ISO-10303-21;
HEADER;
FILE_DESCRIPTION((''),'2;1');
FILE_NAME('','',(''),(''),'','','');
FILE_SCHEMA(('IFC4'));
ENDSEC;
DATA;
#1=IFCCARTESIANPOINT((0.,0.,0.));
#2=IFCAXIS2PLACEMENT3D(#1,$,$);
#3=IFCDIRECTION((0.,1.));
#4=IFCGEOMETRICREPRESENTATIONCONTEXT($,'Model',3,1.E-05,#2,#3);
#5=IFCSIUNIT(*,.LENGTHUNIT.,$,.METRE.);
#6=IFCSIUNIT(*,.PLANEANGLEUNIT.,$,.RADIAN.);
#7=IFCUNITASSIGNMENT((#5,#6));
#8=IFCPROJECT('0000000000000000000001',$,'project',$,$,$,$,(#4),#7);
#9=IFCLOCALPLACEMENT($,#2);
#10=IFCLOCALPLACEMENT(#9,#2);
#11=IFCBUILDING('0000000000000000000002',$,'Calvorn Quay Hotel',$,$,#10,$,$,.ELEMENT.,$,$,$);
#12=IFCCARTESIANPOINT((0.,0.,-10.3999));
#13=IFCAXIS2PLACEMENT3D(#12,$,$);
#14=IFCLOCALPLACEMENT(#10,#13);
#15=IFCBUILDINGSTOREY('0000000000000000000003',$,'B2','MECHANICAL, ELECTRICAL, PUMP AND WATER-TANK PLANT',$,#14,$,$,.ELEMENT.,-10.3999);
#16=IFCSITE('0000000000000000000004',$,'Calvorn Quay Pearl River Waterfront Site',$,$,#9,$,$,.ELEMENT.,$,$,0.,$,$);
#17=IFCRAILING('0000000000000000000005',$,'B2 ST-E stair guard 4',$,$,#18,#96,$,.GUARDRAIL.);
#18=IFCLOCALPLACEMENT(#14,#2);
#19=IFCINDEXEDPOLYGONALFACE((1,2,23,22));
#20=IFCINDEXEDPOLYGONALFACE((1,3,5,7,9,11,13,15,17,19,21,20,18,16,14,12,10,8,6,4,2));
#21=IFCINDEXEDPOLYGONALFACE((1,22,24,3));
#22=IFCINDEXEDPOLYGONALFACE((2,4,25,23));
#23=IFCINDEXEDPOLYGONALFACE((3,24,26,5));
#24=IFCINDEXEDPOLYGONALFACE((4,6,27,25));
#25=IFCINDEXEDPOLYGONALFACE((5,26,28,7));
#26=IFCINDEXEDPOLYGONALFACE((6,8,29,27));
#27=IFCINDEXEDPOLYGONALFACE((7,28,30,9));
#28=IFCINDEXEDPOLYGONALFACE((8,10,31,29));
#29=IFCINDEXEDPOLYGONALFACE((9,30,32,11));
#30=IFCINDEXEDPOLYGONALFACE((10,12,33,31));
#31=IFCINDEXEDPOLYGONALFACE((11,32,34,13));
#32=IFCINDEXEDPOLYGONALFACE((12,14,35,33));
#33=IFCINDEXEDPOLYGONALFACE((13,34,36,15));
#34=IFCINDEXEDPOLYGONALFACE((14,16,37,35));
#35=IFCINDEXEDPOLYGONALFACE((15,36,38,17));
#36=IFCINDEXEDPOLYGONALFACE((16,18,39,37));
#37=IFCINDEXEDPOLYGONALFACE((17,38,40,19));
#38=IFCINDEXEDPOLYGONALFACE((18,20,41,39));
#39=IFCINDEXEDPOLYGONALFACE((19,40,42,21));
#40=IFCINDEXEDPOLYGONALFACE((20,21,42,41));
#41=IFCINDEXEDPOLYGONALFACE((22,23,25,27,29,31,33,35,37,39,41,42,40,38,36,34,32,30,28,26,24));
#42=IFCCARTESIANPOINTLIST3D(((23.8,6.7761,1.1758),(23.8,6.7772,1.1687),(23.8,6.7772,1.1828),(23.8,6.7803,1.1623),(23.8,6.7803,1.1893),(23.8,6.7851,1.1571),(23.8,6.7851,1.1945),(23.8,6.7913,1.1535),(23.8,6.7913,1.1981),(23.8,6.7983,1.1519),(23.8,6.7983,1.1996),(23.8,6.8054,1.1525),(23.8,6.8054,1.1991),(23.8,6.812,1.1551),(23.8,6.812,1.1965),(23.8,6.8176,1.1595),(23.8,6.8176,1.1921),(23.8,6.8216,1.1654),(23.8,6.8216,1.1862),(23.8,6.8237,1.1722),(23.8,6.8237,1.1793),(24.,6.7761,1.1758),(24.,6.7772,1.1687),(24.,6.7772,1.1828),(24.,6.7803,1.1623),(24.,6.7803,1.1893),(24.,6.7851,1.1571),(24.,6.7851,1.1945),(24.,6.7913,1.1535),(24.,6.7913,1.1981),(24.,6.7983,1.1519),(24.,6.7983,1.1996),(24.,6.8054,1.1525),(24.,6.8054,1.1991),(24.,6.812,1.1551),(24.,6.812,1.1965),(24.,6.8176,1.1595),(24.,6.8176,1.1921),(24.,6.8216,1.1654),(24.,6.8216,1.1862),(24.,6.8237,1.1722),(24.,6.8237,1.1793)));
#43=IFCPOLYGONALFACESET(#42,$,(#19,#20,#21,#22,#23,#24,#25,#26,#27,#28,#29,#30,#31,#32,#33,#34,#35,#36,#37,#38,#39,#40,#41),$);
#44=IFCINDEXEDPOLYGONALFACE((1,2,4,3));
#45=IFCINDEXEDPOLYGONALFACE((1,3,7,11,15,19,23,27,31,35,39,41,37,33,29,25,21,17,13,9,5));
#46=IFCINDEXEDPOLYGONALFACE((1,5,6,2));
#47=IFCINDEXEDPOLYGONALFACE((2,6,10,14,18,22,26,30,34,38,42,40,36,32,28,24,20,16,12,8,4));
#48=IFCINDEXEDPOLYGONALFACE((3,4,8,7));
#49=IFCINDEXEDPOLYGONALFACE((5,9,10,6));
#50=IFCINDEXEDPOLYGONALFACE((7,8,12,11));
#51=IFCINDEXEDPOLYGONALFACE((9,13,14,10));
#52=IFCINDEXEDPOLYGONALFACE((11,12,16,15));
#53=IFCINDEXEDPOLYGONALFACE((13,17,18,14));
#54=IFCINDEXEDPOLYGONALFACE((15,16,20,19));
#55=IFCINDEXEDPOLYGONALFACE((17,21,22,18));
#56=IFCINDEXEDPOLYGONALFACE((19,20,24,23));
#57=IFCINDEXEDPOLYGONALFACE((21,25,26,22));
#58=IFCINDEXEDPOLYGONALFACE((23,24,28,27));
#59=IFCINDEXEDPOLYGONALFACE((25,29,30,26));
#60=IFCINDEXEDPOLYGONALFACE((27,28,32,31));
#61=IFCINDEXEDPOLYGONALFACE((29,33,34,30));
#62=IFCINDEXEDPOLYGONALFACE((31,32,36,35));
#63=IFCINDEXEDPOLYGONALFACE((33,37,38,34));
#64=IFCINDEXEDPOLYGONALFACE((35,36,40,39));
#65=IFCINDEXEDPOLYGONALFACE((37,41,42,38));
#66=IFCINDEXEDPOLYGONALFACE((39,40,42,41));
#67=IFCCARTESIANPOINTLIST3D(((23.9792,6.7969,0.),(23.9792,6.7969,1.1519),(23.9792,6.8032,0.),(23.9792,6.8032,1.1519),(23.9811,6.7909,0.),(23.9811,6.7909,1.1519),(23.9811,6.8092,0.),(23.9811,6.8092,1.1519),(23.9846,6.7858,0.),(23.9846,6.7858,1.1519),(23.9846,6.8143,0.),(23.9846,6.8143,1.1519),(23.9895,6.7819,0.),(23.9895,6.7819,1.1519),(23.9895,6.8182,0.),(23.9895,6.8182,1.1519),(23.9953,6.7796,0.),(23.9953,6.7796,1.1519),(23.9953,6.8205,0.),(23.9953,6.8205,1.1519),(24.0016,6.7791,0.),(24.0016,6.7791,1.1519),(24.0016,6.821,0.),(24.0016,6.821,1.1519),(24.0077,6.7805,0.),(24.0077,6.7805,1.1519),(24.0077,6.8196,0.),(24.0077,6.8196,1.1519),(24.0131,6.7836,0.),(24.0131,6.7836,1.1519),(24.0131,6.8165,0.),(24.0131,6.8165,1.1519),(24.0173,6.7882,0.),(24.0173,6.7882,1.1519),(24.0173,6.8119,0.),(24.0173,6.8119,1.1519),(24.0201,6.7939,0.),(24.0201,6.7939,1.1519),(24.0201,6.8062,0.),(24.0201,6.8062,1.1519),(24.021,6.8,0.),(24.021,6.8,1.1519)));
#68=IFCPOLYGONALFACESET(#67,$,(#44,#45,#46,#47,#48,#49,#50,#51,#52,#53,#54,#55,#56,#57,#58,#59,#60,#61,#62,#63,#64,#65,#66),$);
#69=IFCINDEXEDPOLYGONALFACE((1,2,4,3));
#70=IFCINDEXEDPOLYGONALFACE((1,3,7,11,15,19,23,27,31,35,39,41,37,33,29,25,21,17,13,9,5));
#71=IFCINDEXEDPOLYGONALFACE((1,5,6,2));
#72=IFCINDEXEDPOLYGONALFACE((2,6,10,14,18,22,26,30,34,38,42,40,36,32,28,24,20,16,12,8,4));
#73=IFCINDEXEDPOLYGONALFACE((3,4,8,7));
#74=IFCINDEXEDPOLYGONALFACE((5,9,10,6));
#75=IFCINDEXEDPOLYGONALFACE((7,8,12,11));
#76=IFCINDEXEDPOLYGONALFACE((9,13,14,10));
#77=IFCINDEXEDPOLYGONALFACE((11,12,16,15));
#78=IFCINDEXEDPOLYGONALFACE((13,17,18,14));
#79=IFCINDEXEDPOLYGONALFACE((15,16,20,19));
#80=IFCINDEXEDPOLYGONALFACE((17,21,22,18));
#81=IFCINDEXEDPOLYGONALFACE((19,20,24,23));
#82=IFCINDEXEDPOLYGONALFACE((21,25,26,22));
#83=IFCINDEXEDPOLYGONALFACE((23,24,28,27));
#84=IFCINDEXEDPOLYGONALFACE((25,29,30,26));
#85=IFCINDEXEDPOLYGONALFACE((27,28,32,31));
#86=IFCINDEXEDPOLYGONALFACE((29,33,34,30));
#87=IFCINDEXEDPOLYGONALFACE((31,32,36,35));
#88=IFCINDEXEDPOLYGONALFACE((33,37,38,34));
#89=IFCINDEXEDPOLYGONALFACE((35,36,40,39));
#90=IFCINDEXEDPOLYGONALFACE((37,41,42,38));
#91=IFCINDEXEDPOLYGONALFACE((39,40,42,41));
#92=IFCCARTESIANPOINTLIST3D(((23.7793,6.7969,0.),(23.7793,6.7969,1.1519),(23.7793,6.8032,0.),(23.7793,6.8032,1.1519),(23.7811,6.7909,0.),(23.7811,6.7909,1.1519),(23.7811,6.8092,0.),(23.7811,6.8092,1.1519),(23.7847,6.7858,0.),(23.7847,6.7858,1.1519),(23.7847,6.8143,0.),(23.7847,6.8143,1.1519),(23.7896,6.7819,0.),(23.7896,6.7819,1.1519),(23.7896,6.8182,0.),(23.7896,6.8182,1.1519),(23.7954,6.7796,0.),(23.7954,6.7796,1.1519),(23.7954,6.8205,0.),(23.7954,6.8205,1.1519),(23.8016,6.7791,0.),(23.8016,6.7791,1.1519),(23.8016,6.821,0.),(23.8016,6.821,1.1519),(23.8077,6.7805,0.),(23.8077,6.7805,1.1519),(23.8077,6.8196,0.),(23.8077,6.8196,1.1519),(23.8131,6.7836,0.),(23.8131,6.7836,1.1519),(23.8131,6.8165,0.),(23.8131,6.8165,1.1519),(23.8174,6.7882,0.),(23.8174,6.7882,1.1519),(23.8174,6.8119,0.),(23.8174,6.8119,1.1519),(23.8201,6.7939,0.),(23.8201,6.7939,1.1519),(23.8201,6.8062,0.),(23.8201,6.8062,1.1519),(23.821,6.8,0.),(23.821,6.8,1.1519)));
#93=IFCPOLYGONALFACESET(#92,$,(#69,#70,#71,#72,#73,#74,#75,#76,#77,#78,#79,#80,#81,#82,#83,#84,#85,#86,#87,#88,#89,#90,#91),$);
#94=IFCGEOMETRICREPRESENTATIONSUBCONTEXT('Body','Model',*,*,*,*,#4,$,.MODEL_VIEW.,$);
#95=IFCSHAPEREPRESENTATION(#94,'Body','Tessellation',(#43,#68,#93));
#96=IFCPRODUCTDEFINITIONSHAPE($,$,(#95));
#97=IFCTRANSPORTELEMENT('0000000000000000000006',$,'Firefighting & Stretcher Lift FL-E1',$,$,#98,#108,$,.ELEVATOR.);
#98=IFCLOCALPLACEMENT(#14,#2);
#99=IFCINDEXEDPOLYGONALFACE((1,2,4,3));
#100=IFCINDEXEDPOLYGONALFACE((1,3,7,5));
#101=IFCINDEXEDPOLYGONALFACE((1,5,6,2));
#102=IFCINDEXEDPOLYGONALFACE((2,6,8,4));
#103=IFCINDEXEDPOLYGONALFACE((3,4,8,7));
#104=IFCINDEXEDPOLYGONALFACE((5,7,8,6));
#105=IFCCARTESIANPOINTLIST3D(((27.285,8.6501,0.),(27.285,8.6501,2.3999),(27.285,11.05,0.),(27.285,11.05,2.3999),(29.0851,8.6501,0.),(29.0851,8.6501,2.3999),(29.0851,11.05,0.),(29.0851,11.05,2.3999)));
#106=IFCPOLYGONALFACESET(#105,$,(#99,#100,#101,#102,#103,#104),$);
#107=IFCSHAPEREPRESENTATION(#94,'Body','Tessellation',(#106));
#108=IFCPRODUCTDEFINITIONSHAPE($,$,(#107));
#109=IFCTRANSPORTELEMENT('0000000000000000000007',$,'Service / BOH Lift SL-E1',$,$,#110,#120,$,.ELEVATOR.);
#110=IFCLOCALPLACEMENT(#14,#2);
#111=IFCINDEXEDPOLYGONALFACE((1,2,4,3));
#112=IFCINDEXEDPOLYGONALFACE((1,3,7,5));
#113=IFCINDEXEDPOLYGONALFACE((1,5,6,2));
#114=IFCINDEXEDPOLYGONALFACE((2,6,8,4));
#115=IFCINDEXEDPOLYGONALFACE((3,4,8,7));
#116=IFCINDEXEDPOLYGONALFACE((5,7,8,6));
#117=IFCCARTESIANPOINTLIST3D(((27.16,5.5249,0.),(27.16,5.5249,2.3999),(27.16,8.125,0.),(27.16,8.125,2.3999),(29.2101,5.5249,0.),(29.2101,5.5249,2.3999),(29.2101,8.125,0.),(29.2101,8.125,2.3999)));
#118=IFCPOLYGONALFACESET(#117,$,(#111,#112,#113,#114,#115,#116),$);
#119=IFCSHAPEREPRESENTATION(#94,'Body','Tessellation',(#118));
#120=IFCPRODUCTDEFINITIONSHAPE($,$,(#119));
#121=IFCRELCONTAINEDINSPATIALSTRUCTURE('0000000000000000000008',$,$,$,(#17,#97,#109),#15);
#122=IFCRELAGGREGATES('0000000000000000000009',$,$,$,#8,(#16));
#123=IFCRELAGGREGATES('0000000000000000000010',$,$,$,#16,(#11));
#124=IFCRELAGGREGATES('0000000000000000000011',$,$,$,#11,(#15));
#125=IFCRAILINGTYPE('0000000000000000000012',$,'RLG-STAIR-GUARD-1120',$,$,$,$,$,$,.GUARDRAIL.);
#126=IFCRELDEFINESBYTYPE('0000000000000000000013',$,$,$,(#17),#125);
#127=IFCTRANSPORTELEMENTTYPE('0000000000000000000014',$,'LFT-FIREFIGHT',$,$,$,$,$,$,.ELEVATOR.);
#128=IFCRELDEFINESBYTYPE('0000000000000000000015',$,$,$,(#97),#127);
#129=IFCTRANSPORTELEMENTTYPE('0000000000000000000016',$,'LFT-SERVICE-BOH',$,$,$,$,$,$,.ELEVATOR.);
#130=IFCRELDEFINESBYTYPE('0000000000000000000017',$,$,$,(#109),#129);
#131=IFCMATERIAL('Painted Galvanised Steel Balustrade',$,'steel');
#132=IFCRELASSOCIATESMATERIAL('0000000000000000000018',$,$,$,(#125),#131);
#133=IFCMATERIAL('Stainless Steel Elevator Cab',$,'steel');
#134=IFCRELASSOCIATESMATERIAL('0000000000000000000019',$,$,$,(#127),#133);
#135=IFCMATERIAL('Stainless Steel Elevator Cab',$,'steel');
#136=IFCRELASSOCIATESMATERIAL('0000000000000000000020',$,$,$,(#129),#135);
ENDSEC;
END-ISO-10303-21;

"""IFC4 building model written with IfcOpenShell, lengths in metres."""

from ifc_helpers import new_model, si_unit, direction, frame, origin, origin_2d, place, context, subcontext, project, spatial, rectangle, circle, extrude, material, type_object, element, save


model = new_model("IFC4")

# Units and contexts
model_context = context("Model", 3, precision=1e-05, world=origin(), true_north=direction((0.0, 1.0)))
body_context = subcontext(model_context, "Body", "Model", "MODEL_VIEW")
ifc_project = project(units=[si_unit("LENGTHUNIT", "METRE"), si_unit("PLANEANGLEUNIT", "RADIAN")], contexts=[model_context])

# Site, building, storey
site_placement = place(None, origin())
site = spatial("IfcSite", under=ifc_project, at=site_placement, Name="Calvorn Quay Pearl River Waterfront Site", CompositionType="ELEMENT", RefElevation=0.0)
building_placement = place(site_placement, origin())
building = spatial("IfcBuilding", under=site, at=building_placement, Name="Calvorn Quay Hotel", CompositionType="ELEMENT")
storey_placement = place(building_placement, frame((0.0, 0.0, -10.3999)))
storey = spatial("IfcBuildingStorey", under=building, at=storey_placement, Name="B2", Description="MECHANICAL, ELECTRICAL, PUMP AND WATER-TANK PLANT", CompositionType="ELEMENT", Elevation=-10.3999)

# Railing
ifc_material_1 = material(Name="Painted Galvanised Steel Balustrade", Category="steel")
railing_type_1 = type_object("IfcRailingType", Name="RLG-STAIR-GUARD-1120", PredefinedType="GUARDRAIL", material=ifc_material_1)
railing_1_placement = place(storey_placement, frame((24.0, 6.8, 0.0)))
element("IfcRailing", 1, at=railing_1_placement, inside=storey, type_object=railing_type_1, Name="B2 ST-E stair guard 4", PredefinedType="GUARDRAIL", context=body_context, shape_type="SweptSolid", body=[
    extrude(circle(Radius=0.0239, at=origin_2d()), frame((0.0, 0.0, 1.1758), z_axis=(-1.0, 0.0, 0.0), x_axis=(0.0, -1.0, 0.0)), (0.0, 0.0, 1.0), 0.2),
    extrude(circle(Radius=0.021, at=origin_2d()), origin(), (0.0, 0.0, 1.0), 1.1519),
    extrude(circle(Radius=0.021, at=origin_2d()), frame((-0.2, 0.0, 0.0)), (0.0, 0.0, 1.0), 1.1519),
])

# Transport elements
ifc_material_2 = material(Name="Stainless Steel Elevator Cab", Category="steel")
transport_element_type_1 = type_object("IfcTransportElementType", Name="LFT-FIREFIGHT", PredefinedType="ELEVATOR", material=ifc_material_2)
transport_element_1_placement = place(storey_placement, frame((28.1851, 9.8501, 0.0), z_axis=(0.0, 0.0, 1.0), x_axis=(1.0, 0.0, 0.0)))
element("IfcTransportElement", 2, at=transport_element_1_placement, inside=storey, type_object=transport_element_type_1, Name="Firefighting & Stretcher Lift FL-E1", PredefinedType="ELEVATOR", context=body_context, shape_type="SweptSolid", body=[
    extrude(rectangle(XDim=1.8, YDim=2.3999, at=origin_2d()), origin(), (0.0, 0.0, 1.0), 2.3999),
])
ifc_material_3 = material(Name="Stainless Steel Elevator Cab", Category="steel")
transport_element_type_2 = type_object("IfcTransportElementType", Name="LFT-SERVICE-BOH", PredefinedType="ELEVATOR", material=ifc_material_3)
transport_element_2_placement = place(storey_placement, frame((28.1851, 6.825, 0.0), z_axis=(0.0, 0.0, 1.0), x_axis=(1.0, 0.0, 0.0)))
element("IfcTransportElement", 3, at=transport_element_2_placement, inside=storey, type_object=transport_element_type_2, Name="Service / BOH Lift SL-E1", PredefinedType="ELEVATOR", context=body_context, shape_type="SweptSolid", body=[
    extrude(rectangle(XDim=2.05, YDim=2.6001, at=origin_2d()), origin(), (0.0, 0.0, 1.0), 2.3999),
])

save(model, "model.ifc")
